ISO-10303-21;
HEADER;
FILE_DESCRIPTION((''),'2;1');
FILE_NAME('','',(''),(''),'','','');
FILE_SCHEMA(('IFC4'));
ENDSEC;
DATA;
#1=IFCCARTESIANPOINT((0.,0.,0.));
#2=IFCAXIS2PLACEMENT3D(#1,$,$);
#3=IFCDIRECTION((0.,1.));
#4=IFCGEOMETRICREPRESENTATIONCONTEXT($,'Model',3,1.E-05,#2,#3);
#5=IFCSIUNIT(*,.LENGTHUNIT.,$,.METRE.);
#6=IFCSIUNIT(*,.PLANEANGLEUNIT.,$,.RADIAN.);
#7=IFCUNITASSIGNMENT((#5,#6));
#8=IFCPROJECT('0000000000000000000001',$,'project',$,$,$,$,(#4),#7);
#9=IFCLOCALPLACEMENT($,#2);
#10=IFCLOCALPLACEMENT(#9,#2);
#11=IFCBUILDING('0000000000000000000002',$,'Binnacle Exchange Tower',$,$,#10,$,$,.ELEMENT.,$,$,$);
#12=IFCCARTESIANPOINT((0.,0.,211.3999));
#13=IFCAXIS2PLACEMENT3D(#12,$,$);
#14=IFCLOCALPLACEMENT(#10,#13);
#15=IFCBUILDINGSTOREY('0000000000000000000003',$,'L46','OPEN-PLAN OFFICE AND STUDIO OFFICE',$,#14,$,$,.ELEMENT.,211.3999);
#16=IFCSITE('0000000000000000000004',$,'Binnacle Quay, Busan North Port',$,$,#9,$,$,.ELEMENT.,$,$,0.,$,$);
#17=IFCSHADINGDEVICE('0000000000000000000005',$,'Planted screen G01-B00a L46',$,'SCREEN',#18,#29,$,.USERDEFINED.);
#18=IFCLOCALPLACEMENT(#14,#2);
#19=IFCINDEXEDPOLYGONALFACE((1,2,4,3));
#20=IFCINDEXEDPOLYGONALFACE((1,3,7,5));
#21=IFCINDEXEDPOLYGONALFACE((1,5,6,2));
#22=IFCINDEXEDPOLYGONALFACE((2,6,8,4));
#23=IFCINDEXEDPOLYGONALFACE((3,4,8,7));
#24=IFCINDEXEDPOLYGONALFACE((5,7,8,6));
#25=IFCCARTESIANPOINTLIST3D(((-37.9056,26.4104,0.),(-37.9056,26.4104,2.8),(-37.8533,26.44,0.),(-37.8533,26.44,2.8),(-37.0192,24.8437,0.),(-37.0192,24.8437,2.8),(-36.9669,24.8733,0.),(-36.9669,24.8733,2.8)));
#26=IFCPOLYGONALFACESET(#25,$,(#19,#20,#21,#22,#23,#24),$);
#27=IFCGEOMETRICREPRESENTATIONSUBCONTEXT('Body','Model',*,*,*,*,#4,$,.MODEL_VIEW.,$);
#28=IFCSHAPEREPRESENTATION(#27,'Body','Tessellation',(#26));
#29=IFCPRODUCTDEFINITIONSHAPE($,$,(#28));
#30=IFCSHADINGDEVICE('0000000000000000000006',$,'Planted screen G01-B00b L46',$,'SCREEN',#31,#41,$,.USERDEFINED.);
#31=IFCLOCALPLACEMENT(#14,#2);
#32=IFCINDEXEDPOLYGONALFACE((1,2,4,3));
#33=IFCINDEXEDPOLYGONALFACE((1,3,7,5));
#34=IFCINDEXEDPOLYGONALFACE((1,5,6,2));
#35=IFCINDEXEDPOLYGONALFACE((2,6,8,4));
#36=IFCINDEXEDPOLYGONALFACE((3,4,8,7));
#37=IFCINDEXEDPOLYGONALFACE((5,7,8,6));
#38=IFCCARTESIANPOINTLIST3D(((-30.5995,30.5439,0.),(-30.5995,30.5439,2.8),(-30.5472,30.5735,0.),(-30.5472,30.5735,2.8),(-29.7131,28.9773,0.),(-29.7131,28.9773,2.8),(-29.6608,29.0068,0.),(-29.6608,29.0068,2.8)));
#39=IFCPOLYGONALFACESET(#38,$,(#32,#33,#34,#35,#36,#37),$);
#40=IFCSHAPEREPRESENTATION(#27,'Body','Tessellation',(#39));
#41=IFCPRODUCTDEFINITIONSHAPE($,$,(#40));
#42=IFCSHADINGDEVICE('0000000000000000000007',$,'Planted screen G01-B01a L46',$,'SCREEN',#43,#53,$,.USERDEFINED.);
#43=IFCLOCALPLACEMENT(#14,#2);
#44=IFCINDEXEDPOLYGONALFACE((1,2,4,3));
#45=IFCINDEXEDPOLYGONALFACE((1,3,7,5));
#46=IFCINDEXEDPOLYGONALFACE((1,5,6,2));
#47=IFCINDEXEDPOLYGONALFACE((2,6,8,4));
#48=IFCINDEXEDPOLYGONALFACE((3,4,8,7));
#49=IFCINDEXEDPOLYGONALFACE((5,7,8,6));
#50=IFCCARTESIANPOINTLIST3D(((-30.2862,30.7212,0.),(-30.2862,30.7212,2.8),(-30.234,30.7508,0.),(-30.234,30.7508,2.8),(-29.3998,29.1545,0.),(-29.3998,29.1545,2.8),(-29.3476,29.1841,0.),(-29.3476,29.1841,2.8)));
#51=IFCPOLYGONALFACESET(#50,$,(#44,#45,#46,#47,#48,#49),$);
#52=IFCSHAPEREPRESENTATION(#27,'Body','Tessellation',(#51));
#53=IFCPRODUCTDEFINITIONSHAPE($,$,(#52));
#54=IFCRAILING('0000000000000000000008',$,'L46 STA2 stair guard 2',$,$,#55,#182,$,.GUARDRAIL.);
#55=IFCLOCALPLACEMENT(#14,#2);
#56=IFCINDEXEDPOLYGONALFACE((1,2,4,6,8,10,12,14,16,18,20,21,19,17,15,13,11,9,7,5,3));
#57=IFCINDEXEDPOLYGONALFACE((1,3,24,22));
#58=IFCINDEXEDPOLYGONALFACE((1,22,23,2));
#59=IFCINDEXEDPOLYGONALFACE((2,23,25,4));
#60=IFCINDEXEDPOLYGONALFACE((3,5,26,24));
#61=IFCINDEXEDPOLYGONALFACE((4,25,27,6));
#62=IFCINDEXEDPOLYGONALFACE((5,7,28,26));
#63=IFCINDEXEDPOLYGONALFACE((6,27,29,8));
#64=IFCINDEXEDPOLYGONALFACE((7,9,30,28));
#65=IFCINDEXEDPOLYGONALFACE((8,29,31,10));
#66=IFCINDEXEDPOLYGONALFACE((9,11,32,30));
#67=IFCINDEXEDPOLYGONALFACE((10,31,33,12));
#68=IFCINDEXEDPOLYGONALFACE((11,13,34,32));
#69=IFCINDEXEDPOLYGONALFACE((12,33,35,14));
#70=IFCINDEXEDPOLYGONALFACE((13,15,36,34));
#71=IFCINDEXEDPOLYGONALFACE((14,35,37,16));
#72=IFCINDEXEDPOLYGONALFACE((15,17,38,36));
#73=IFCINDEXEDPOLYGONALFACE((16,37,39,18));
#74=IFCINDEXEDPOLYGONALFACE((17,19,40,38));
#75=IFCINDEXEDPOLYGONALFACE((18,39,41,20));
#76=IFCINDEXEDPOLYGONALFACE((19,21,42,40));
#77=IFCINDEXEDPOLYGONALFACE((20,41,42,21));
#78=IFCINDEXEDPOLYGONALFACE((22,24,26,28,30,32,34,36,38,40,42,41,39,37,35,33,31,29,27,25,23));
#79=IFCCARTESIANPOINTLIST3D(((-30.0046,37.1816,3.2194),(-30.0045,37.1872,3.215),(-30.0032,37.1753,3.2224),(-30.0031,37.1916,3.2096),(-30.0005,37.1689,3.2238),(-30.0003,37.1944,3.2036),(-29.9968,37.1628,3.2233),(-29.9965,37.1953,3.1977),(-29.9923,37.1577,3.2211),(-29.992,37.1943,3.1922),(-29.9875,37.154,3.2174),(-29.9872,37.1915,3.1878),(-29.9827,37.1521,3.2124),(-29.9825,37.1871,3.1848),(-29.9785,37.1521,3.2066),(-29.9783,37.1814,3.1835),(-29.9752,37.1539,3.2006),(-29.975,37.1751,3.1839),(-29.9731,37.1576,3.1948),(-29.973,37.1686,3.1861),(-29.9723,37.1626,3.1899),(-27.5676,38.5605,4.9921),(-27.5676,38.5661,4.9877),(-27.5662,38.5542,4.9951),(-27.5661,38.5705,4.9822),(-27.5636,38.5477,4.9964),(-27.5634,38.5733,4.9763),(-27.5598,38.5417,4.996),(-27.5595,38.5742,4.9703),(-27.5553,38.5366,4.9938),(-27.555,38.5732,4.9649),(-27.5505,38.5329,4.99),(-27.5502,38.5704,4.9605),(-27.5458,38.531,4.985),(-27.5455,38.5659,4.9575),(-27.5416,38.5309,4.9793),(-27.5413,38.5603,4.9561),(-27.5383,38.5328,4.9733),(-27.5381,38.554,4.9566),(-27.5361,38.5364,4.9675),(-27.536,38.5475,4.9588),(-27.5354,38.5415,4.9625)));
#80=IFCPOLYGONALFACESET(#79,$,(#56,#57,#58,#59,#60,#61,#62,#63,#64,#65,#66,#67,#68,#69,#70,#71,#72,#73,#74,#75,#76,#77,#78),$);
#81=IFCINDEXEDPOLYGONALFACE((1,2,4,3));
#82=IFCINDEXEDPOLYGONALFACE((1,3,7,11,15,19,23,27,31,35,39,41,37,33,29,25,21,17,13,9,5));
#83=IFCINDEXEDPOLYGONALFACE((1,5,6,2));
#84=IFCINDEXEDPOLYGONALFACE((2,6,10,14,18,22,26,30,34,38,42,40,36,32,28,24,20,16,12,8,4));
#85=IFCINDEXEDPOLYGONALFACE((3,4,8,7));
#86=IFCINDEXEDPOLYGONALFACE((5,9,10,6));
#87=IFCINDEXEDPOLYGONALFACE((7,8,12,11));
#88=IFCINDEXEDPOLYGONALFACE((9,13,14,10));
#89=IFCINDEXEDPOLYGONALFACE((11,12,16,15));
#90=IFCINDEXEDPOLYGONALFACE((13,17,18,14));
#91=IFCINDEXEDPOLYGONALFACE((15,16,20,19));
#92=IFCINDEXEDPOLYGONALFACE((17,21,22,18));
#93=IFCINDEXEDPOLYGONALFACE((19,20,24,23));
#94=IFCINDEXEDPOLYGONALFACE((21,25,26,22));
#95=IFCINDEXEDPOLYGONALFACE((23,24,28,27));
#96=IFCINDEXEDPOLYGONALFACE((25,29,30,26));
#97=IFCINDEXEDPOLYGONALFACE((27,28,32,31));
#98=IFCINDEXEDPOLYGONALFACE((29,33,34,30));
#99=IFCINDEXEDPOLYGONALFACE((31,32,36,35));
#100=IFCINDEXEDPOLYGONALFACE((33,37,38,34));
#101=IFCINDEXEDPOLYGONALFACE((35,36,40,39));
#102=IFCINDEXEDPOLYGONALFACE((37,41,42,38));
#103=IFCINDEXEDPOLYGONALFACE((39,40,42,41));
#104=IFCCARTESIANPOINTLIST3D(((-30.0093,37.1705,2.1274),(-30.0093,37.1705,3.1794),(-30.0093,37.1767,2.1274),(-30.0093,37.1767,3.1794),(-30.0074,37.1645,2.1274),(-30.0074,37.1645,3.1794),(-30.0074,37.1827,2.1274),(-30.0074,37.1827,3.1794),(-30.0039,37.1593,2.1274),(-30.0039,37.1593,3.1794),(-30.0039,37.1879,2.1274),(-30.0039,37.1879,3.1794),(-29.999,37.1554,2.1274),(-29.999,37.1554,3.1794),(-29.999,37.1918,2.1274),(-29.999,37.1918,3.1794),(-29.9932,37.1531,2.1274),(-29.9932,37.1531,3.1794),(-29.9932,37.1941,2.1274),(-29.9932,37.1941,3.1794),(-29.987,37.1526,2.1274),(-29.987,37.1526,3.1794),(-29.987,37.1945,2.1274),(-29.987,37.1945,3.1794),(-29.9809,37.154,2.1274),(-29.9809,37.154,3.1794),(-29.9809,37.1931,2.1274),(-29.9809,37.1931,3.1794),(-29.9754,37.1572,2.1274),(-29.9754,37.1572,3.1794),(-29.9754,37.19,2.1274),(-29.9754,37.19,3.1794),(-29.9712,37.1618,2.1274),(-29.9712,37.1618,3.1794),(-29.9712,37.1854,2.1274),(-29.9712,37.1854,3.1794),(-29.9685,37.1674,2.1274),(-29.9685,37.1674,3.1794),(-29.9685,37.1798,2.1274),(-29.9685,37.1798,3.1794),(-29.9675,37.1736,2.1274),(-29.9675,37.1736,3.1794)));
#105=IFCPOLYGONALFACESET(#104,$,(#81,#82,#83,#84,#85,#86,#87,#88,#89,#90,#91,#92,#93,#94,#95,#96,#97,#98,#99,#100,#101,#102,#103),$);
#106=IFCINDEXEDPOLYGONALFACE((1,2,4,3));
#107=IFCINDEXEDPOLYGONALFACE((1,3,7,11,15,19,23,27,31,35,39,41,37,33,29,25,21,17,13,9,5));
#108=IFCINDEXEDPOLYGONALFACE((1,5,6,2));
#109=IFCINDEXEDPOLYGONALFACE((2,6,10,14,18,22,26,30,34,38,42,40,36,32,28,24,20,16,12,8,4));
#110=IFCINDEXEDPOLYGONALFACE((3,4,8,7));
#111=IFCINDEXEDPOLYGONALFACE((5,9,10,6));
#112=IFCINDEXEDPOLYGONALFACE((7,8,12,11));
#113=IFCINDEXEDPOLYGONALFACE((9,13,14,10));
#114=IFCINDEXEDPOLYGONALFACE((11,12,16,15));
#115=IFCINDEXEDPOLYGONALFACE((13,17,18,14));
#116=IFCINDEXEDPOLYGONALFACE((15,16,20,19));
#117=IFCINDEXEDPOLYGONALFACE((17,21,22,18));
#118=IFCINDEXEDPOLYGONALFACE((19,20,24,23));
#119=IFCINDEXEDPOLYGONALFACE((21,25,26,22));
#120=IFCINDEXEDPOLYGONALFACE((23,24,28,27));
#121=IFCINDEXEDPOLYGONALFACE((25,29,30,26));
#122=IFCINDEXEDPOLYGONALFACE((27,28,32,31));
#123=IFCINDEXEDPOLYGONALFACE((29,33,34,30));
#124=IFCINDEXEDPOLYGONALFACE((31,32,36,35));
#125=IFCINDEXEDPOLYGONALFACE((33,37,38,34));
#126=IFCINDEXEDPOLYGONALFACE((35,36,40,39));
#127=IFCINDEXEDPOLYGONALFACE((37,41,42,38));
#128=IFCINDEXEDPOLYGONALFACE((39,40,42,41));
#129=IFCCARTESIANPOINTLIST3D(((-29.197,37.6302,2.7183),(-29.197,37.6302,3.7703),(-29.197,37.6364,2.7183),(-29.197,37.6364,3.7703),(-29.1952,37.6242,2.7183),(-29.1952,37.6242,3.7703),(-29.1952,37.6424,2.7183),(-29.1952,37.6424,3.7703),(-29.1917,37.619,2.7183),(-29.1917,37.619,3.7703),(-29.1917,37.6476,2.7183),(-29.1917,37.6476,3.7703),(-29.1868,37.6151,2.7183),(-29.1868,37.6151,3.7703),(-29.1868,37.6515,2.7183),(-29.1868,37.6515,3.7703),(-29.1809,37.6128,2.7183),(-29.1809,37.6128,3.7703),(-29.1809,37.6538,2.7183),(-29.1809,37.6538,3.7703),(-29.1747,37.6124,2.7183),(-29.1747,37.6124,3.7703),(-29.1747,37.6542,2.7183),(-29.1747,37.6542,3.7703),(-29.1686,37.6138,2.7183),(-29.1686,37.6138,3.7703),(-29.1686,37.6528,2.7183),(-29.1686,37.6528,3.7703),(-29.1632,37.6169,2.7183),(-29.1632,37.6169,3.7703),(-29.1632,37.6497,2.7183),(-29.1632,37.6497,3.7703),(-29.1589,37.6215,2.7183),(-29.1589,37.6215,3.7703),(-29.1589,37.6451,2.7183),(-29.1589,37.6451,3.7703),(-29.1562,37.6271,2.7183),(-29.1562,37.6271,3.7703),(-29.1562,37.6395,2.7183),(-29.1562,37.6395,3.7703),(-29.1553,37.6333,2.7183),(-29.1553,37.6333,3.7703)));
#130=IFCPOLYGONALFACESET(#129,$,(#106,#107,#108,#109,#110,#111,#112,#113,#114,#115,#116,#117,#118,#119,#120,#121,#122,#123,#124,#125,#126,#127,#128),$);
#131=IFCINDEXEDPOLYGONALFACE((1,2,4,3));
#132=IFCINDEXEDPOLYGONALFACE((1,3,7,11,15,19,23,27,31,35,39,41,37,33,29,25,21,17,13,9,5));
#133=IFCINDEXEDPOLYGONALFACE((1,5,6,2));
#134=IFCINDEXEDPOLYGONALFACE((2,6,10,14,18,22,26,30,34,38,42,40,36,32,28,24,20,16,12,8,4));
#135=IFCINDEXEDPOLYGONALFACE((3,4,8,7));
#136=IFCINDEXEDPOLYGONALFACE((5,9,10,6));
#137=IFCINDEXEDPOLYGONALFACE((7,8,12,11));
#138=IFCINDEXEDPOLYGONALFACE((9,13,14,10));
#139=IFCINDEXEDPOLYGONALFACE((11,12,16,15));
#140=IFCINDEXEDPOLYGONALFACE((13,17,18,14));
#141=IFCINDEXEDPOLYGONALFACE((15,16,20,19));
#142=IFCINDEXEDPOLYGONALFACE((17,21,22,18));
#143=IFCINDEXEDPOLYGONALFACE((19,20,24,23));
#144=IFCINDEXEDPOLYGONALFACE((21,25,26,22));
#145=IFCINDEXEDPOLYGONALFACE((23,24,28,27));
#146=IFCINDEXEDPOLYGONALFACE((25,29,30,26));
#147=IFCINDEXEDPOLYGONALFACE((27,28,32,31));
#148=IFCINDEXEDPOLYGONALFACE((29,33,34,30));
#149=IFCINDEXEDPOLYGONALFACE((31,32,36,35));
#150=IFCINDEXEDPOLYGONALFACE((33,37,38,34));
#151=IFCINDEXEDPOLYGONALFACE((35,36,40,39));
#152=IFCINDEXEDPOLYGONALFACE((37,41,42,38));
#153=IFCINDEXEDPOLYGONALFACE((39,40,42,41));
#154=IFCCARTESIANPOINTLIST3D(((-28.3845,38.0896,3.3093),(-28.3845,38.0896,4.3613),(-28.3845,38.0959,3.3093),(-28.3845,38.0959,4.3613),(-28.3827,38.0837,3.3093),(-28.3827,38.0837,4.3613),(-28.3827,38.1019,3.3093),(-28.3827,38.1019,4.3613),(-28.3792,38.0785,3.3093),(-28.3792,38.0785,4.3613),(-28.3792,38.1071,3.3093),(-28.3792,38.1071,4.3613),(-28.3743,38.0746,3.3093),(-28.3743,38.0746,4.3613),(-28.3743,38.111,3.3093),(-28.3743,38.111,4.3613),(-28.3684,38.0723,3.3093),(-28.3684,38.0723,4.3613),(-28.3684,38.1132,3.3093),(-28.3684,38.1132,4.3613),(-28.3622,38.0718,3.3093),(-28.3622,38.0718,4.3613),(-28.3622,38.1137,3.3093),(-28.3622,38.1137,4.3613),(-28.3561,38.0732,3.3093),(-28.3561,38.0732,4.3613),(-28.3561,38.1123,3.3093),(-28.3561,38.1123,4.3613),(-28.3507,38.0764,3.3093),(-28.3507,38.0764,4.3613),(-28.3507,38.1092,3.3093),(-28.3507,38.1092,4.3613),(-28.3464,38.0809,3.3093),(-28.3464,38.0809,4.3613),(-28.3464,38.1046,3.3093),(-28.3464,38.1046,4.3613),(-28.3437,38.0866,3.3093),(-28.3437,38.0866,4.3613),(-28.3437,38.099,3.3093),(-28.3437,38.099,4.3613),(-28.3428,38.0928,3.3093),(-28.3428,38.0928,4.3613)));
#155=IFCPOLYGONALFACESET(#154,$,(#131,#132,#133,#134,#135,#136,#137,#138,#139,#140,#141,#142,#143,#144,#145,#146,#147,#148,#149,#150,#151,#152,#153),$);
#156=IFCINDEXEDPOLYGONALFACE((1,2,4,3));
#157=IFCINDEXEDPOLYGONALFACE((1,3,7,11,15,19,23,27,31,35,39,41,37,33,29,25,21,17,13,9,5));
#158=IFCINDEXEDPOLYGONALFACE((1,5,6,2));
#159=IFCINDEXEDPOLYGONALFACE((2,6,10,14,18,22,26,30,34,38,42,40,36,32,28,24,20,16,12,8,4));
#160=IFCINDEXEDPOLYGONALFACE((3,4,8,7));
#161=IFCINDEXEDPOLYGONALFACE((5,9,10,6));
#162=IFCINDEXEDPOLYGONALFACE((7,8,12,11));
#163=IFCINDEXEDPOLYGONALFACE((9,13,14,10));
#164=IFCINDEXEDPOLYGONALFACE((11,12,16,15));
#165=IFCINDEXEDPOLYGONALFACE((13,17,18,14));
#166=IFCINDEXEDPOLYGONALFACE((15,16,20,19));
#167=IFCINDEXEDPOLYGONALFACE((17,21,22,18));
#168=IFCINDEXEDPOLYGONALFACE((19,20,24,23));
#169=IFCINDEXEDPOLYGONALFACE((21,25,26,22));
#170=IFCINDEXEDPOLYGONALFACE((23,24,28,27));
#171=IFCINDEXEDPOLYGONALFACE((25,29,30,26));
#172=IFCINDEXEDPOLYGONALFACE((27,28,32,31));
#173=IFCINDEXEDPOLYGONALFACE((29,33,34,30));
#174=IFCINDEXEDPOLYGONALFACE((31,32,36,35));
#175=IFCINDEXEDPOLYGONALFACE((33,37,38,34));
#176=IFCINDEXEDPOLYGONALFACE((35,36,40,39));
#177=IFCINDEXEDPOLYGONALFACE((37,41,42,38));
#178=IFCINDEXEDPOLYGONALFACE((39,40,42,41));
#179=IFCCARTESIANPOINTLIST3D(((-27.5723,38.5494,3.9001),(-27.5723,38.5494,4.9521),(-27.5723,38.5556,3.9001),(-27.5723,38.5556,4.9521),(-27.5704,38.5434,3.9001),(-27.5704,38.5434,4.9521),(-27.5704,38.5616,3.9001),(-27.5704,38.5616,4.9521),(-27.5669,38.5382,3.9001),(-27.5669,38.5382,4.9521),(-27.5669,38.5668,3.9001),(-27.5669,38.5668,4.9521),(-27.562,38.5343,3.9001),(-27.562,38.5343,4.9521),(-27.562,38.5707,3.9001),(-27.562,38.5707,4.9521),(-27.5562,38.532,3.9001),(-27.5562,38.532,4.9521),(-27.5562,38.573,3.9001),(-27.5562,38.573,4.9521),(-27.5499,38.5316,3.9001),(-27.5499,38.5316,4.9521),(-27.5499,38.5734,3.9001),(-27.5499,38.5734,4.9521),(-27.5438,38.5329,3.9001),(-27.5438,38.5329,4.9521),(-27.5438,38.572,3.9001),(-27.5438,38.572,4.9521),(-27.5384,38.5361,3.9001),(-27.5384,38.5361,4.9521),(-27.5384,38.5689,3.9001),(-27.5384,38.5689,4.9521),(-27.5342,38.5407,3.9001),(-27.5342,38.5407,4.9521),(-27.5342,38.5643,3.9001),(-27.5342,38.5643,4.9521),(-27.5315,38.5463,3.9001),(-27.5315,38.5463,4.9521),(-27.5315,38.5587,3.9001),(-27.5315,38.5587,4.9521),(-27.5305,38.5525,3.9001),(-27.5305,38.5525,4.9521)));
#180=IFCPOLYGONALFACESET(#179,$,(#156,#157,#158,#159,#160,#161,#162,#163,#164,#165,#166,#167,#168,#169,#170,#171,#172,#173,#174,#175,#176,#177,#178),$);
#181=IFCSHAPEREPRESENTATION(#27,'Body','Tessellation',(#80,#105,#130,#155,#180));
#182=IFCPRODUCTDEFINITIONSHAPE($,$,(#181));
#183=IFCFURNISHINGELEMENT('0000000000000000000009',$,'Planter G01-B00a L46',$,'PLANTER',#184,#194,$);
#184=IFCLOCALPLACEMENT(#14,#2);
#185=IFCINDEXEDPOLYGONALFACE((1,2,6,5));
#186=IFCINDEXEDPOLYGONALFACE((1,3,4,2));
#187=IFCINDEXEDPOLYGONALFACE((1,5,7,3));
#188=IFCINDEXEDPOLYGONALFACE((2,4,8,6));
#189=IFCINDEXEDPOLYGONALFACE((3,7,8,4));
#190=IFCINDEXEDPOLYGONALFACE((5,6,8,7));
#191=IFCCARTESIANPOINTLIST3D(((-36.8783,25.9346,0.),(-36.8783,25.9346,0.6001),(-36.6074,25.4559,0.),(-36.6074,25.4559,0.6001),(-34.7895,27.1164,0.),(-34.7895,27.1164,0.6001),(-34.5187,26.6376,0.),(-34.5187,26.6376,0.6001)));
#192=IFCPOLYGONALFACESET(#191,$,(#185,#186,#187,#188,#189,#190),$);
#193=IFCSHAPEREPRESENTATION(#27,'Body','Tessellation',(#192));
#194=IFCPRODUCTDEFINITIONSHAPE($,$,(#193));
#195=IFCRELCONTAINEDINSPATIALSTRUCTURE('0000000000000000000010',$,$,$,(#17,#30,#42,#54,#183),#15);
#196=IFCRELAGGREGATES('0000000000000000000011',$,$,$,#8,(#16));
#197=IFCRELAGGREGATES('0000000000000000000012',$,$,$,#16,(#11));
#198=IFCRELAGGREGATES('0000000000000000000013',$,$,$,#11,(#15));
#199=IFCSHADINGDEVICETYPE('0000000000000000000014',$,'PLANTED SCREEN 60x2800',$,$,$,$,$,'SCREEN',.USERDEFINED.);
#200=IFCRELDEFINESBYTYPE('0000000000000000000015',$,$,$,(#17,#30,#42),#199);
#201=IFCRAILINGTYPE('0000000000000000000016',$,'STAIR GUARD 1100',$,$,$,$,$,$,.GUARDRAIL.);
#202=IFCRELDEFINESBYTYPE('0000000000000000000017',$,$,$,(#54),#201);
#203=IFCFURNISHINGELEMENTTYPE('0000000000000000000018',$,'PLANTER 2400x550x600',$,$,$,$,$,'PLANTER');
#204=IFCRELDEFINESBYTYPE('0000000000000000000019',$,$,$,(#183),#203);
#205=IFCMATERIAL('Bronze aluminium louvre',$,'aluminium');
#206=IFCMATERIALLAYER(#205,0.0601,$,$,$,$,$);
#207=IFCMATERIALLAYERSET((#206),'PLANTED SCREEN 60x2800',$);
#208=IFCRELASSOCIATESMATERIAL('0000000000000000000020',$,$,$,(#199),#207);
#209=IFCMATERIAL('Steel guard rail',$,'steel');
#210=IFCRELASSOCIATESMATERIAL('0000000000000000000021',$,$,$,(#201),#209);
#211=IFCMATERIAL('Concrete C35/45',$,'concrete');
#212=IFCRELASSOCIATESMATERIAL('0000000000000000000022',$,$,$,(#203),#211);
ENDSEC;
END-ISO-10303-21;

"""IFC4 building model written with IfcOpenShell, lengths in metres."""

from ifc_helpers import new_model, si_unit, direction, frame, origin, origin_2d, place, context, subcontext, project, spatial, rectangle, circle, extrude, material, layer, layer_set, type_object, element, save


model = new_model("IFC4")

# Units and contexts
model_context = context("Model", 3, precision=1e-05, world=origin(), true_north=direction((0.0, 1.0)))
body_context = subcontext(model_context, "Body", "Model", "MODEL_VIEW")
ifc_project = project(units=[si_unit("LENGTHUNIT", "METRE"), si_unit("PLANEANGLEUNIT", "RADIAN")], contexts=[model_context])

# Site, building, storey
site_placement = place(None, origin())
site = spatial("IfcSite", under=ifc_project, at=site_placement, Name="Binnacle Quay, Busan North Port", CompositionType="ELEMENT", RefElevation=0.0)
building_placement = place(site_placement, origin())
building = spatial("IfcBuilding", under=site, at=building_placement, Name="Binnacle Exchange Tower", CompositionType="ELEMENT")
storey_placement = place(building_placement, frame((0.0, 0.0, 211.3999)))
storey = spatial("IfcBuildingStorey", under=building, at=storey_placement, Name="L46", Description="OPEN-PLAN OFFICE AND STUDIO OFFICE", CompositionType="ELEMENT", Elevation=211.3999)

# Shared definitions
ifc_material_1 = material(Name="Concrete C35/45", Category="concrete")

# Shading devices
ifc_material_2 = material(Name="Bronze aluminium louvre", Category="aluminium")
ifc_layer_1 = layer(ifc_material_2, 0.0601)
ifc_layer_set_1 = layer_set([ifc_layer_1], Name="PLANTED SCREEN 60x2800")
shading_device_type = type_object("IfcShadingDeviceType", Name="PLANTED SCREEN 60x2800", ElementType="SCREEN", PredefinedType="USERDEFINED", material=ifc_layer_set_1)
for number, where, z_axis, x_axis, name in (
    (1, (-37.4363, 25.6418, 0.0), (0.0, 0.0, 1.0), (0.870356, 0.492424, 0.0), "Planted screen G01-B00a L46"),
    (2, (-30.1301, 29.7754, 0.0), (0.0, 0.0, 1.0), (0.870356, 0.492424, 0.0), "Planted screen G01-B00b L46"),
    (3, (-29.8169, 29.9526, 0.0), (0.0, 0.0, 1.0), (0.870356, 0.492424, 0.0), "Planted screen G01-B01a L46"),
):
    element("IfcShadingDevice", number, at=place(storey_placement, frame(where, z_axis=z_axis, x_axis=x_axis)), inside=storey, type_object=shading_device_type, Name=name, ObjectType="SCREEN", PredefinedType="USERDEFINED", context=body_context, shape_type="SweptSolid", body=[
        extrude(rectangle(XDim=0.0601, YDim=1.8, at=origin_2d()), origin(), (0.0, 0.0, 1.0), 2.8),
    ])

# Railing
ifc_material_3 = material(Name="Steel guard rail", Category="steel")
railing_type_1 = type_object("IfcRailingType", Name="STAIR GUARD 1100", PredefinedType="GUARDRAIL", material=ifc_material_3)
railing_1_placement = place(storey_placement, frame((-29.9885, 37.1736, 2.1274)))
element("IfcRailing", 4, at=railing_1_placement, inside=storey, type_object=railing_type_1, Name="L46 STA2 stair guard 2", PredefinedType="GUARDRAIL", context=body_context, shape_type="SweptSolid", body=[
    extrude(circle(Radius=0.0239, at=origin_2d()), frame((0.0, 0.0, 1.0762), z_axis=(0.735359, 0.41608, 0.534907), x_axis=(-0.492454, 0.870339, 0.0)), (0.0, 0.0, 1.0), 3.314),
    extrude(circle(Radius=0.021, at=origin_2d()), origin(), (0.0, 0.0, 1.0), 1.052),
    extrude(circle(Radius=0.021, at=origin_2d()), frame((0.8123, 0.4597, 0.5908)), (0.0, 0.0, 1.0), 1.052),
    extrude(circle(Radius=0.021, at=origin_2d()), frame((1.6248, 0.9192, 1.1819)), (0.0, 0.0, 1.0), 1.052),
    extrude(circle(Radius=0.021, at=origin_2d()), frame((2.437, 1.3789, 1.7727)), (0.0, 0.0, 1.0), 1.052),
])

# Furnishing element
furnishing_element_type = type_object("IfcFurnishingElementType", Name="PLANTER 2400x550x600", ElementType="PLANTER", material=ifc_material_1)
furnishing_placement = place(storey_placement, frame((-35.6985, 26.2861, 0.0), z_axis=(0.0, 0.0, 1.0), x_axis=(0.870356, 0.492424, 0.0)))
element("IfcFurnishingElement", 5, at=furnishing_placement, inside=storey, type_object=furnishing_element_type, Name="Planter G01-B00a L46", ObjectType="PLANTER", context=body_context, shape_type="SweptSolid", body=[
    extrude(rectangle(XDim=2.3999, YDim=0.55, at=origin_2d()), origin(), (0.0, 0.0, 1.0), 0.6001),
])

save(model, "model.ifc")
